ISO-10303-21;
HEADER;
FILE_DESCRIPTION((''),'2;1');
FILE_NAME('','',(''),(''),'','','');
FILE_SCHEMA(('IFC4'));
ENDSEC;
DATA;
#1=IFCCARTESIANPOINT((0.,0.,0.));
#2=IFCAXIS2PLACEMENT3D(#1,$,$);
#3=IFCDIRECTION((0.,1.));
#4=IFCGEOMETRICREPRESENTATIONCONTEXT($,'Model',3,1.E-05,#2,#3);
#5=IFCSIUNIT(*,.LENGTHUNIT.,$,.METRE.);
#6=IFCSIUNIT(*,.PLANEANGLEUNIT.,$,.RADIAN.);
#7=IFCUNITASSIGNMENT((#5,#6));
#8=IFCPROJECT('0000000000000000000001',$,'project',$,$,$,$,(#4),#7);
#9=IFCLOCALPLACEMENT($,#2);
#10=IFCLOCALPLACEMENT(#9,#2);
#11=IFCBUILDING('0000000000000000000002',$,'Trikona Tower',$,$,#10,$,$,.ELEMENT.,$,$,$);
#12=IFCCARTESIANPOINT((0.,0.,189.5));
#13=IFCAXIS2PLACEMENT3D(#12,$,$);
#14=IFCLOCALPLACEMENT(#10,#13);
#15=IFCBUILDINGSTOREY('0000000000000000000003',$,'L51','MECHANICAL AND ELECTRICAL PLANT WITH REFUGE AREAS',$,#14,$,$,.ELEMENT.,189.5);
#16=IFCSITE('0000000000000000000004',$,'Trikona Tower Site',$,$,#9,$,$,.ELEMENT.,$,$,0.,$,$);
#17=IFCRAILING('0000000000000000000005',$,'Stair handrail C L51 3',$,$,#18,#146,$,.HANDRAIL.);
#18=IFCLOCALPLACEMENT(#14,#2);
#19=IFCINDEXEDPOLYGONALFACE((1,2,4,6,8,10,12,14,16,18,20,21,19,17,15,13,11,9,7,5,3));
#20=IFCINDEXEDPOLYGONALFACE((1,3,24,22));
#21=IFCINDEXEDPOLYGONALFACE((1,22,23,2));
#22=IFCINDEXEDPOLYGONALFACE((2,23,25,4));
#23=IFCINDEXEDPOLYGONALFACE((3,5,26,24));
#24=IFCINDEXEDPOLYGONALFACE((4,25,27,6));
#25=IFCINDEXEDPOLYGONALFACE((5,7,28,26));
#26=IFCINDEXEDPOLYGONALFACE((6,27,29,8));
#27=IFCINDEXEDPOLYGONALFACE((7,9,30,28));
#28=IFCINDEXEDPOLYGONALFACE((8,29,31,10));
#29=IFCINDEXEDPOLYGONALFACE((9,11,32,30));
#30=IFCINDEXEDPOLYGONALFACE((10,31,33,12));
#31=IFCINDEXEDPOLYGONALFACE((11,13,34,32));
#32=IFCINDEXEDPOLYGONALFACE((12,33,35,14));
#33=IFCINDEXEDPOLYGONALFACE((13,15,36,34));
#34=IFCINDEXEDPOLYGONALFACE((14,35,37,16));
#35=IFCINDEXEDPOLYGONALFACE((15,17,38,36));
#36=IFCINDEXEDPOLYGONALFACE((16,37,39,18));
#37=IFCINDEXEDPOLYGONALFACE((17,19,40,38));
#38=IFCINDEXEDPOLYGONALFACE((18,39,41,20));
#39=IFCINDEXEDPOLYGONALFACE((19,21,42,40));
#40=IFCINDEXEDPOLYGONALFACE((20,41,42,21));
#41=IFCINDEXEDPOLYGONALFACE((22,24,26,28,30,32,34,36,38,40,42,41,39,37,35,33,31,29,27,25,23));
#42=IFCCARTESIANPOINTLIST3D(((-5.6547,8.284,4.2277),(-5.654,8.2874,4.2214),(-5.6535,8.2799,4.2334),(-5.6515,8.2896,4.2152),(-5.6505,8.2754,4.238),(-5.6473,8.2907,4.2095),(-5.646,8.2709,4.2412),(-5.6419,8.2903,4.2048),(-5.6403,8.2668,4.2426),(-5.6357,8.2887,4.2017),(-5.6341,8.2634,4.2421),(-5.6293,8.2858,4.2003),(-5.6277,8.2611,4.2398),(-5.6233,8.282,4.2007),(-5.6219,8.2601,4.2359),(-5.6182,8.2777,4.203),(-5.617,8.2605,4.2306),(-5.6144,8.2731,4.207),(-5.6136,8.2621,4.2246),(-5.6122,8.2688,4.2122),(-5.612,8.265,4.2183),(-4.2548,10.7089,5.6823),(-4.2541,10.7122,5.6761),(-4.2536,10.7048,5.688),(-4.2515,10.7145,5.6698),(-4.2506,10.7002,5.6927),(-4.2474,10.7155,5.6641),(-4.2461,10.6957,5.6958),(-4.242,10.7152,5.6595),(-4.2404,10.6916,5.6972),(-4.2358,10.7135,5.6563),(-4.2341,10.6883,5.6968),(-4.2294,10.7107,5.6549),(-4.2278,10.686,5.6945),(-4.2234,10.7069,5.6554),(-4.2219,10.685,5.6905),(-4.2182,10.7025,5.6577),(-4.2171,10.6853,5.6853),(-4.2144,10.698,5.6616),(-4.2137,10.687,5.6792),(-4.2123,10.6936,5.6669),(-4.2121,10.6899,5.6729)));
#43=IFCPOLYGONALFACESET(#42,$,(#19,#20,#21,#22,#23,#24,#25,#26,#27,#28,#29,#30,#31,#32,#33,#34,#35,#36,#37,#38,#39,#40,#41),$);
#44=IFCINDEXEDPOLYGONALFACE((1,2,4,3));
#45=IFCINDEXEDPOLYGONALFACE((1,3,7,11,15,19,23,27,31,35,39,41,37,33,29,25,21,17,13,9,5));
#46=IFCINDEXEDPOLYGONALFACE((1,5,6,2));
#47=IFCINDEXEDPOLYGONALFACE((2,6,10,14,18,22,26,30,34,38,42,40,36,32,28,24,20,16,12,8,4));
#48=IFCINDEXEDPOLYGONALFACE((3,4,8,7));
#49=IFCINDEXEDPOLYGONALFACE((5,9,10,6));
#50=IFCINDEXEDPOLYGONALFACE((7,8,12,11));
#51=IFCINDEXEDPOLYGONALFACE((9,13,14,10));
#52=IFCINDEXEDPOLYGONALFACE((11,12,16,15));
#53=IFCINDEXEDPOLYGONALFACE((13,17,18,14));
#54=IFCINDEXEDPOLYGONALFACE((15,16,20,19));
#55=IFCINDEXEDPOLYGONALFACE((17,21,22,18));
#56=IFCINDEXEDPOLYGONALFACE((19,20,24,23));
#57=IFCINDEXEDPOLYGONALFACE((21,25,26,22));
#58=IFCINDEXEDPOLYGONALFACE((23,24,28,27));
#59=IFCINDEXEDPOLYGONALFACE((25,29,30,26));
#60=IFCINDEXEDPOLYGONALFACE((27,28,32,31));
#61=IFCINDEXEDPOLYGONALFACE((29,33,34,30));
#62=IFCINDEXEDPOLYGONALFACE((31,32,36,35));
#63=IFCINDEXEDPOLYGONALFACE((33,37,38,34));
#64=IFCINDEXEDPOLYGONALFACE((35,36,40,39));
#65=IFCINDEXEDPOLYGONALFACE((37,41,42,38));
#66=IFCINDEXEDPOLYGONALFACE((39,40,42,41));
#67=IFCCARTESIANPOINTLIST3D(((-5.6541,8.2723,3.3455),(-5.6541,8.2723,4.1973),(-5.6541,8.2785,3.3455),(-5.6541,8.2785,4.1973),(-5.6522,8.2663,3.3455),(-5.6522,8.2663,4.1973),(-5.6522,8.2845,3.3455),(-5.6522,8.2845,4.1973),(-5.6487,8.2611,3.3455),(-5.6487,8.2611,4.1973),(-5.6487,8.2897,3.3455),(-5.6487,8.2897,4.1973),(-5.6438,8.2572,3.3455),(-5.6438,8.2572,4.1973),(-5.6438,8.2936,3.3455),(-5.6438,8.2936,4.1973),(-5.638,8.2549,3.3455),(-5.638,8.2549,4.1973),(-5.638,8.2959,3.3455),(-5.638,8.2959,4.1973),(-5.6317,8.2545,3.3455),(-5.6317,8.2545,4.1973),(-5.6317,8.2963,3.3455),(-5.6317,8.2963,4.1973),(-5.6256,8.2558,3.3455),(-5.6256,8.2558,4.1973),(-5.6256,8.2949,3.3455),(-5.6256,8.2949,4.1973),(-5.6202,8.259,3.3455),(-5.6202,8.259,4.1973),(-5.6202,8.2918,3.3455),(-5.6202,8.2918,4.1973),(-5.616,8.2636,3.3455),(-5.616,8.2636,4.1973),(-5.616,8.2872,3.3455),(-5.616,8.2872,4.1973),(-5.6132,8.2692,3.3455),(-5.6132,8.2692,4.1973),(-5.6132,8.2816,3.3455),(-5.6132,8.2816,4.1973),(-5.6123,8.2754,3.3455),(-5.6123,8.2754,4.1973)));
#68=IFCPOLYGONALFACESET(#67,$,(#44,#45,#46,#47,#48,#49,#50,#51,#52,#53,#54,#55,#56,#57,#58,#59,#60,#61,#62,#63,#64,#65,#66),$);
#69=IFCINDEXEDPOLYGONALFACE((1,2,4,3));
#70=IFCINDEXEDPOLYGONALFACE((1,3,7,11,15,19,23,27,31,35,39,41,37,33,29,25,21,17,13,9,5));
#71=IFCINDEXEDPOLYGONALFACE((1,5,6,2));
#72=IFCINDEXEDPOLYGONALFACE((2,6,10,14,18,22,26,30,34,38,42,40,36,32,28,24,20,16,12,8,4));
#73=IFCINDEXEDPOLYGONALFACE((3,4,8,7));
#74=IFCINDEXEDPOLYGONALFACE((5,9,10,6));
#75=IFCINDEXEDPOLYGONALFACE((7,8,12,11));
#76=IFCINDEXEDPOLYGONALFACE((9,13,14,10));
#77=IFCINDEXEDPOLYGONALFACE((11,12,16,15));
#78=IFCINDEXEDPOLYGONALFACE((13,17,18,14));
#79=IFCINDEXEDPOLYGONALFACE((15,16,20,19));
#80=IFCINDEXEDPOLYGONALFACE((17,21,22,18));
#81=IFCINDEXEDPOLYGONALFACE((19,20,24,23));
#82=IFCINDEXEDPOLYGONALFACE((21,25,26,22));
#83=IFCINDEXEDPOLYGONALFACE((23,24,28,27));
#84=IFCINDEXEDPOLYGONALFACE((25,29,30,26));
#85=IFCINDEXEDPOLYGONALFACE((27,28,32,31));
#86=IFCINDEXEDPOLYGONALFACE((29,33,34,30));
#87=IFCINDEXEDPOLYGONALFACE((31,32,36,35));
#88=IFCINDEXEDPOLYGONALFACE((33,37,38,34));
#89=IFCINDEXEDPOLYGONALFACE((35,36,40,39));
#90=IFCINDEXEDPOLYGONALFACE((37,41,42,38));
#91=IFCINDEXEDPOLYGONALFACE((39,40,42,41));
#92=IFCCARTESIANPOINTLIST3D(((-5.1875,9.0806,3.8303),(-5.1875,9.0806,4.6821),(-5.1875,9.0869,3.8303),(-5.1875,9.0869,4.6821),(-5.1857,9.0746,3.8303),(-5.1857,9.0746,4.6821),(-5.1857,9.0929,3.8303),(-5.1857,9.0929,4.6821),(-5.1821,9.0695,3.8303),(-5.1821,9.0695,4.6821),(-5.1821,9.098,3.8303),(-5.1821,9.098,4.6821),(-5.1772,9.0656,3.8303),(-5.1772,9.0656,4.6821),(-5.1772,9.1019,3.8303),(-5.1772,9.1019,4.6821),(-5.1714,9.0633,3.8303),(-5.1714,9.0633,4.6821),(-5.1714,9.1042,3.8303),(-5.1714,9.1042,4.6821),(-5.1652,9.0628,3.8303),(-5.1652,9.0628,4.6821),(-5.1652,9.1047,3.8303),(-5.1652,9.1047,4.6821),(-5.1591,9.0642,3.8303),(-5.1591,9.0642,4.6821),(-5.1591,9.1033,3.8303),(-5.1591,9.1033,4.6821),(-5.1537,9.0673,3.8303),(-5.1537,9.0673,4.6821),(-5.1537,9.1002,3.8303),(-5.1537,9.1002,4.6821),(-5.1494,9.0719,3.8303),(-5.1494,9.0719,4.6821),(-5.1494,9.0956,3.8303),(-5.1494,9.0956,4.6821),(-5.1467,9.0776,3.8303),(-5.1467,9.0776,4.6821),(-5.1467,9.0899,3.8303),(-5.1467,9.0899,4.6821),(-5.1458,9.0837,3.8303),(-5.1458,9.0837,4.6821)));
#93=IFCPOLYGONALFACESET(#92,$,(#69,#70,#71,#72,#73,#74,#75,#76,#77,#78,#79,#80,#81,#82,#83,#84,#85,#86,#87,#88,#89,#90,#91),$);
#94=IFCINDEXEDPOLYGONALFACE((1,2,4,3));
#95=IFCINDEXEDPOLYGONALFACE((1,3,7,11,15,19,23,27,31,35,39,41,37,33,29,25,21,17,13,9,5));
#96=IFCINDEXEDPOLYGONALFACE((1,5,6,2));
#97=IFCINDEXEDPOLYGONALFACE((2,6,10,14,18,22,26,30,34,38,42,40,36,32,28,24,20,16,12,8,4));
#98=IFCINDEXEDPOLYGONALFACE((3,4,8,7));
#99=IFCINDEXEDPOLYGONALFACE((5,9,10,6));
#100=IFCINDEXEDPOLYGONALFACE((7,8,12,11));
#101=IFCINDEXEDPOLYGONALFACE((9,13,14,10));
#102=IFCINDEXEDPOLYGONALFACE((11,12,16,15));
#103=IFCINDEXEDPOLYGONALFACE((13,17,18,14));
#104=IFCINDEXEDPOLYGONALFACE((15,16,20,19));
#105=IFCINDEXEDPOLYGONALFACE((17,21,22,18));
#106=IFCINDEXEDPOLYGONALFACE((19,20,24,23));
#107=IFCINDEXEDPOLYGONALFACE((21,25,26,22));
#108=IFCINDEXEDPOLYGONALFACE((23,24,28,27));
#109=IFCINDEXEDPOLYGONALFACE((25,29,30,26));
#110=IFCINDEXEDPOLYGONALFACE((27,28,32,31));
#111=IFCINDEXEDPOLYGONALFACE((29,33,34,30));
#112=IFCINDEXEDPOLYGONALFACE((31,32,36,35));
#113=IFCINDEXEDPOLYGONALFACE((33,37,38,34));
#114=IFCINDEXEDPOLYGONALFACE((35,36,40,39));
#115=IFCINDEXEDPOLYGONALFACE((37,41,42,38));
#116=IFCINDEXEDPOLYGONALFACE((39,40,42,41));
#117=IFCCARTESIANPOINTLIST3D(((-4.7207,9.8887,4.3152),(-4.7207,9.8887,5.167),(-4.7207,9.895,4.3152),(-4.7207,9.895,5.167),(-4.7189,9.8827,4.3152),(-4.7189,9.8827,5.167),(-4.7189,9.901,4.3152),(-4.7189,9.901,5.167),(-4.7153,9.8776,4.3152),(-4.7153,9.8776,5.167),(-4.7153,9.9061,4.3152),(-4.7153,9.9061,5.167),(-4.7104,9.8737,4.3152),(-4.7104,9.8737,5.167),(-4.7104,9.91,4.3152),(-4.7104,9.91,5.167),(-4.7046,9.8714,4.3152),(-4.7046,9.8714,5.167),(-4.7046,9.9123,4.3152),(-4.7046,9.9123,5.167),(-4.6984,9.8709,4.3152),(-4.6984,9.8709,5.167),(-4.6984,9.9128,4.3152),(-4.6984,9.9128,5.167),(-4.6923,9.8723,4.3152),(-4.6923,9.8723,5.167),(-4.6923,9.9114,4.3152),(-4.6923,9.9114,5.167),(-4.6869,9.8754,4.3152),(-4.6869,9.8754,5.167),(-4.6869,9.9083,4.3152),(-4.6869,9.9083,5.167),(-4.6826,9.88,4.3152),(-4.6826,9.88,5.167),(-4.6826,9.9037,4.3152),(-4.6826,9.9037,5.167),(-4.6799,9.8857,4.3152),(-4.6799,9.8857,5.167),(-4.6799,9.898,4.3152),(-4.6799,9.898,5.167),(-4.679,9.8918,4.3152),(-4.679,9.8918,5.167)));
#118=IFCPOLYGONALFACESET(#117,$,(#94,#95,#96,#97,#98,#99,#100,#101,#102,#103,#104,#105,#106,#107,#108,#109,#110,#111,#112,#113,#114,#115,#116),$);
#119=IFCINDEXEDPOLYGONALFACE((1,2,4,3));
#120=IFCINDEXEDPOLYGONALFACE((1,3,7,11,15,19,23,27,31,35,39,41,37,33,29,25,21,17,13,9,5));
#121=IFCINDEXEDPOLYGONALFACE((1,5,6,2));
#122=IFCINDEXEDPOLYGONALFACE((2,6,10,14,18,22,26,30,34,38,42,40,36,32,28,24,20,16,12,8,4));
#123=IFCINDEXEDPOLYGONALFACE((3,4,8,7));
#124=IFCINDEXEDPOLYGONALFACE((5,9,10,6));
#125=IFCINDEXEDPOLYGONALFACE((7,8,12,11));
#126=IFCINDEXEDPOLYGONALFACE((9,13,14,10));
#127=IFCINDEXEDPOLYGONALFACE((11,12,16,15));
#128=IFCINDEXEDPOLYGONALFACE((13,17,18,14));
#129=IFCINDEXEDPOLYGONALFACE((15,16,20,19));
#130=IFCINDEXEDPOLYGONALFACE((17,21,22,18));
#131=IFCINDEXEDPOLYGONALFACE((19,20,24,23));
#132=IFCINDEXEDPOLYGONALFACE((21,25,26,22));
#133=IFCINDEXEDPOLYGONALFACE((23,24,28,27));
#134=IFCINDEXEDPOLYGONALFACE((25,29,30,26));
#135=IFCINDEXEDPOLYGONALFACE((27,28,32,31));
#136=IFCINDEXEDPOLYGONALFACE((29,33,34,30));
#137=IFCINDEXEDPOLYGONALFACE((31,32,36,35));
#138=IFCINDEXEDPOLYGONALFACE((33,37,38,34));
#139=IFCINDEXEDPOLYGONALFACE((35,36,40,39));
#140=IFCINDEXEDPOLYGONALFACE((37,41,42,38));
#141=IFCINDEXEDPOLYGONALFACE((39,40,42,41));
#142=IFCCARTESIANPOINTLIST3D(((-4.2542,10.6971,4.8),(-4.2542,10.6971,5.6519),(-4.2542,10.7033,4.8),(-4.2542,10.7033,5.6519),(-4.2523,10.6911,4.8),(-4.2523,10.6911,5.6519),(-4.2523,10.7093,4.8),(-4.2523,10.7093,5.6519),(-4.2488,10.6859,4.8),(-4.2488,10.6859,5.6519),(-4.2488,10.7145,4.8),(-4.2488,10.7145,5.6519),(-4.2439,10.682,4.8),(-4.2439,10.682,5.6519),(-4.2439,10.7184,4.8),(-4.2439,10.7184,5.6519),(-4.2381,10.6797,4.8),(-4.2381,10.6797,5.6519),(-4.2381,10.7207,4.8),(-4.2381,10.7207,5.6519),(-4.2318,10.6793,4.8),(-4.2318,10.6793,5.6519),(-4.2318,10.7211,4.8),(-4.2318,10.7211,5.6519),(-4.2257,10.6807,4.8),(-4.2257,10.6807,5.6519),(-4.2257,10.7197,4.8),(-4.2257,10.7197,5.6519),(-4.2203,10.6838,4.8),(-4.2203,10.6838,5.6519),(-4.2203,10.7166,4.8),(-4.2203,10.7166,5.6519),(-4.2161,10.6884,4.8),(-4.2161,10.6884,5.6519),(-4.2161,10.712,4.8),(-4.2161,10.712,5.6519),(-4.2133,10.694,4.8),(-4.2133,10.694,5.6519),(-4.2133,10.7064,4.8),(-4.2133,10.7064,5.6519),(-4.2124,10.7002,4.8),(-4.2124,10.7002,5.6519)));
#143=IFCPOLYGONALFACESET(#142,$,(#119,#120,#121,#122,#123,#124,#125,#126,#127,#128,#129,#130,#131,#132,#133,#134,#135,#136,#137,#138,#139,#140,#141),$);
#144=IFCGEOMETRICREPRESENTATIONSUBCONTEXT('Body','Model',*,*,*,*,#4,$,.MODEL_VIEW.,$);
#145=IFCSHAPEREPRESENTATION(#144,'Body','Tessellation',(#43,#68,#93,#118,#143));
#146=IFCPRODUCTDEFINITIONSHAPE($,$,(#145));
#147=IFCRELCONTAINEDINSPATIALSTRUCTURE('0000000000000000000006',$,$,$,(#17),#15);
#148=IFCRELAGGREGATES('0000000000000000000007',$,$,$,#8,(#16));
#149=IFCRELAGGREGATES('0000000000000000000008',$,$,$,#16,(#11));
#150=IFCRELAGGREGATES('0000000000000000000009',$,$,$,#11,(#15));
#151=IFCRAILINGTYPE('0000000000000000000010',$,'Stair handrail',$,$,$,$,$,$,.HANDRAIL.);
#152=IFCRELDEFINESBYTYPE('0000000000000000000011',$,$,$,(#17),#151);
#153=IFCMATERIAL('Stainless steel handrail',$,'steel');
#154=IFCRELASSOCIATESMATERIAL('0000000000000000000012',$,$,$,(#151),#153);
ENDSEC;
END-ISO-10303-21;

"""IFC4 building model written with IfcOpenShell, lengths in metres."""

from ifc_helpers import new_model, si_unit, direction, frame, origin, origin_2d, place, context, subcontext, project, spatial, circle, extrude, material, type_object, element, save


model = new_model("IFC4")

# Units and contexts
model_context = context("Model", 3, precision=1e-05, world=origin(), true_north=direction((0.0, 1.0)))
body_context = subcontext(model_context, "Body", "Model", "MODEL_VIEW")
ifc_project = project(units=[si_unit("LENGTHUNIT", "METRE"), si_unit("PLANEANGLEUNIT", "RADIAN")], contexts=[model_context])

# Site, building, storey
site_placement = place(None, origin())
site = spatial("IfcSite", under=ifc_project, at=site_placement, Name="Trikona Tower Site", CompositionType="ELEMENT", RefElevation=0.0)
building_placement = place(site_placement, origin())
building = spatial("IfcBuilding", under=site, at=building_placement, Name="Trikona Tower", CompositionType="ELEMENT")
storey_placement = place(building_placement, frame((0.0, 0.0, 189.5)))
storey = spatial("IfcBuildingStorey", under=building, at=storey_placement, Name="L51", Description="MECHANICAL AND ELECTRICAL PLANT WITH REFUGE AREAS", CompositionType="ELEMENT", Elevation=189.5)

# Railing
ifc_material_1 = material(Name="Stainless steel handrail", Category="steel")
railing_type = type_object("IfcRailingType", Name="Stair handrail", PredefinedType="HANDRAIL", material=ifc_material_1)
railing_1_placement = place(storey_placement, frame((-5.6333, 8.2754, 3.3455)))
element("IfcRailing", 1, at=railing_1_placement, inside=storey, type_object=railing_type, Name="Stair handrail C L51 3", PredefinedType="HANDRAIL", context=body_context, shape_type="SweptSolid", body=[
    extrude(circle(Radius=0.0239, at=origin_2d()), frame((0.0, 0.0, 0.876), z_axis=(0.443682, 0.768513, 0.461015), x_axis=(-0.866035, 0.499984, 0.0)), (0.0, 0.0, 1.0), 3.1553),
    extrude(circle(Radius=0.021, at=origin_2d()), origin(), (0.0, 0.0, 1.0), 0.8518),
    extrude(circle(Radius=0.021, at=origin_2d()), frame((0.4666, 0.8083, 0.4849)), (0.0, 0.0, 1.0), 0.8518),
    extrude(circle(Radius=0.021, at=origin_2d()), frame((0.9333, 1.6165, 0.9697)), (0.0, 0.0, 1.0), 0.8518),
    extrude(circle(Radius=0.021, at=origin_2d()), frame((1.3999, 2.4248, 1.4546)), (0.0, 0.0, 1.0), 0.8518),
])

save(model, "model.ifc")
